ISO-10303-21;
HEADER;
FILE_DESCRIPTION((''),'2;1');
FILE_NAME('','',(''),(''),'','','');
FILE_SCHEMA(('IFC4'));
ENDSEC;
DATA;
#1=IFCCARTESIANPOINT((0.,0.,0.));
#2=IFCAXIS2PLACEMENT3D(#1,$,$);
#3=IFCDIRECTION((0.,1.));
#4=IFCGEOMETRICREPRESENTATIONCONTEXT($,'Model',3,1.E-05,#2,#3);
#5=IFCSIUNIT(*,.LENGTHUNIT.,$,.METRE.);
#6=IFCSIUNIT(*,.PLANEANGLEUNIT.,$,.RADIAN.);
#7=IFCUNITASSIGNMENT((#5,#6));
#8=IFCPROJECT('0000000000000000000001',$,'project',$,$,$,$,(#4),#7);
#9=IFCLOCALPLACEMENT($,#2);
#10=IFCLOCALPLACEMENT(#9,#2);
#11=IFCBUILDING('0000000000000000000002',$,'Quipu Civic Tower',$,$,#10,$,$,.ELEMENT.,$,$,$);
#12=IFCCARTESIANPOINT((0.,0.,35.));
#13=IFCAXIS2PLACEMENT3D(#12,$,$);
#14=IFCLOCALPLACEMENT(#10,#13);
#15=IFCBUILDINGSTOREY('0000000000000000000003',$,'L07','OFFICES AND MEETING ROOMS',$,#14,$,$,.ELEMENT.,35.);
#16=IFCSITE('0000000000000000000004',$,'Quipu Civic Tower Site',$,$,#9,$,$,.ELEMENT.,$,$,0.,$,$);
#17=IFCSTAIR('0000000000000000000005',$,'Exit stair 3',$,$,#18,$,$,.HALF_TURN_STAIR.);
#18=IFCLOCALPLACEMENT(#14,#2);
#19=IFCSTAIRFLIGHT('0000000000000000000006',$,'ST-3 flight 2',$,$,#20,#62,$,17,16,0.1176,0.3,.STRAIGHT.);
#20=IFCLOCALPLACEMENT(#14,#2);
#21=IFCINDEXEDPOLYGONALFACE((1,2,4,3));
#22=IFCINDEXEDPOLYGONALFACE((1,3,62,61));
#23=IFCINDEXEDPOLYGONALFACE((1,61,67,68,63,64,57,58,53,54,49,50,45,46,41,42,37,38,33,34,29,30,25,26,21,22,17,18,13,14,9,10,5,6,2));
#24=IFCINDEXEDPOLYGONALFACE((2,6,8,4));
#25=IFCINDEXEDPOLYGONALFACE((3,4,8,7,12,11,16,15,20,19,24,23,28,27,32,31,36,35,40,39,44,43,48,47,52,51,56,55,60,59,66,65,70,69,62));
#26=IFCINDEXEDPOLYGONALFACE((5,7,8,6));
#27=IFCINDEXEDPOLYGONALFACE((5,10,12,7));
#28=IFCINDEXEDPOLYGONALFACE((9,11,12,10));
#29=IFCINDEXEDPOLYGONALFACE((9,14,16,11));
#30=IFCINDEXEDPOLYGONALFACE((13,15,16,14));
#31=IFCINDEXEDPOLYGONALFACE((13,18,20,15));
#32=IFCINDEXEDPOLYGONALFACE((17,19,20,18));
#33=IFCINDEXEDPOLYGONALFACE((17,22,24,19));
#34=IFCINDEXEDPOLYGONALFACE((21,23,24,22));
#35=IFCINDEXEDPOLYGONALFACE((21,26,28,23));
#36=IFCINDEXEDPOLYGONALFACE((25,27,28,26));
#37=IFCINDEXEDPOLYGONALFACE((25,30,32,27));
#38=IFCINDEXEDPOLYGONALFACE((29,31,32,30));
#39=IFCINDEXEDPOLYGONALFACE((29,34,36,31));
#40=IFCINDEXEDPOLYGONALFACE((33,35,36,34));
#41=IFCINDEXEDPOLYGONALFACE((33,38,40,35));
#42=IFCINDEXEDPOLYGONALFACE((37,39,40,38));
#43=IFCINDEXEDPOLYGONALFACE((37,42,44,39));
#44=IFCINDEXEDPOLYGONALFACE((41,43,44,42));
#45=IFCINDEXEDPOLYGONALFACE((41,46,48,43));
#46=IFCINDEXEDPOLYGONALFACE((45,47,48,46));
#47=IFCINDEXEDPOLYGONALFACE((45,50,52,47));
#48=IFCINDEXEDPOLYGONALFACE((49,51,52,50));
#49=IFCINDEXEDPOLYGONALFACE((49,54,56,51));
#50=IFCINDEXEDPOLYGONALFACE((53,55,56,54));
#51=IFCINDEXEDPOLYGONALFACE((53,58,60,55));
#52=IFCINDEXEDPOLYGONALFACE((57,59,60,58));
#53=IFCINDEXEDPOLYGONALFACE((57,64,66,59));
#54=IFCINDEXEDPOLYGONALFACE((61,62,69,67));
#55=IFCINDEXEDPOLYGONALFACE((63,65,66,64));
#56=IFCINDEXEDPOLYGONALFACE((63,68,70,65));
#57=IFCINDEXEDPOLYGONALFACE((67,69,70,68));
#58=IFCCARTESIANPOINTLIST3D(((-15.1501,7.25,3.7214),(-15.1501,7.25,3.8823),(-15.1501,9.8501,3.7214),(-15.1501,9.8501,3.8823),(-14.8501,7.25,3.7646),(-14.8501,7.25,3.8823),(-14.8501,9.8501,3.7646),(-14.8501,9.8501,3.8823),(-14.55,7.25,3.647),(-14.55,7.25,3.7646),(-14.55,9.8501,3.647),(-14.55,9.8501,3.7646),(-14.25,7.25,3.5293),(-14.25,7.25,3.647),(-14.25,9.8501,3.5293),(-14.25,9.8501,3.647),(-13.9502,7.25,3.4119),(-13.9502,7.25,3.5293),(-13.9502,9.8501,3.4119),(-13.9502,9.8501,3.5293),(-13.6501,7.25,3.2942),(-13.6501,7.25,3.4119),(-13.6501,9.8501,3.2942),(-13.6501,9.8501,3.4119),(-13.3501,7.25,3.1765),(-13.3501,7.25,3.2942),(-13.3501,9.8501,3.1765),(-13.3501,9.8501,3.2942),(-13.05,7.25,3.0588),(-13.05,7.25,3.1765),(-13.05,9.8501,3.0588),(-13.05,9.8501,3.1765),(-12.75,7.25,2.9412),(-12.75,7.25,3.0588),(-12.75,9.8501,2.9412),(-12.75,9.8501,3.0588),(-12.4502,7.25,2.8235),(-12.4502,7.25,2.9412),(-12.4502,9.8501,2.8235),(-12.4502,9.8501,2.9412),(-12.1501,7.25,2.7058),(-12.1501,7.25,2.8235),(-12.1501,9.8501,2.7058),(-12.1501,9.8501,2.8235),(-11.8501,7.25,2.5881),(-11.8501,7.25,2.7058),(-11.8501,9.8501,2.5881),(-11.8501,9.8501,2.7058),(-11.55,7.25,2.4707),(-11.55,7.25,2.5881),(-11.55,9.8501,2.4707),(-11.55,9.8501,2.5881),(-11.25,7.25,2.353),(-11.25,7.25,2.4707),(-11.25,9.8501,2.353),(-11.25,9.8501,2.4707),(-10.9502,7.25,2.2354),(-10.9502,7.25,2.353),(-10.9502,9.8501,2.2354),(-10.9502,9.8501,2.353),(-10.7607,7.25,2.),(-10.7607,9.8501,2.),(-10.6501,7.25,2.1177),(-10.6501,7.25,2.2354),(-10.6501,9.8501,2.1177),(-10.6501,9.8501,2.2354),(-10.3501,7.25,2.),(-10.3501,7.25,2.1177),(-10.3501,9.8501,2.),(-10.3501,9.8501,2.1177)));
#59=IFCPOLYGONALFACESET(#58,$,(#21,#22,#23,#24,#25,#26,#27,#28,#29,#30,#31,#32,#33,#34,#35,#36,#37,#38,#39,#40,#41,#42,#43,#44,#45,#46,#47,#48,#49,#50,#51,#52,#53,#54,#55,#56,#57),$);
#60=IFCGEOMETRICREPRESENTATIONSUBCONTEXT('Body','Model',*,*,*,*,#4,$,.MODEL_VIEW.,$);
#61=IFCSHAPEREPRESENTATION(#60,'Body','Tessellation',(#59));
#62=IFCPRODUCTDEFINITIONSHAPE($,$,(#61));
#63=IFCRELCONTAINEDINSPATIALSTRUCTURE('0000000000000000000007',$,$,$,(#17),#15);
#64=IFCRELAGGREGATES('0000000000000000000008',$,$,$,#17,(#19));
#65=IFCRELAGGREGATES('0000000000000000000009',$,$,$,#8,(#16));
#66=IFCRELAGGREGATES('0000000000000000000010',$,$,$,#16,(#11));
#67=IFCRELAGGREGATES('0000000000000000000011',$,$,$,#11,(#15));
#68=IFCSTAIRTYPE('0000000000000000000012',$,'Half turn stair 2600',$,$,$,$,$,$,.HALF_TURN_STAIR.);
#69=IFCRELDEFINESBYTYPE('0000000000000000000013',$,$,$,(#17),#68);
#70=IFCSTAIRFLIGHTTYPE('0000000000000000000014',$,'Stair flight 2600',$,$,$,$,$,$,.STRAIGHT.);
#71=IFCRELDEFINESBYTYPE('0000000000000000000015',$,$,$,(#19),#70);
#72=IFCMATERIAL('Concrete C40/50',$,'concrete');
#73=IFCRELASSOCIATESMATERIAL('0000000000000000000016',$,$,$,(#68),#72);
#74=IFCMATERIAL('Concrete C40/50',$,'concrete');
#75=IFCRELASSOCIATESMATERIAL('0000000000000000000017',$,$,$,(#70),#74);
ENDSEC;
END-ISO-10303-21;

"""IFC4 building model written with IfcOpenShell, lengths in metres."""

from ifc_helpers import new_model, si_unit, direction, frame, origin, place, context, subcontext, project, spatial, polyline, outline, extrude, material, type_object, element, aggregate, save


model = new_model("IFC4")

# Units and contexts
model_context = context("Model", 3, precision=1e-05, world=origin(), true_north=direction((0.0, 1.0)))
body_context = subcontext(model_context, "Body", "Model", "MODEL_VIEW")
ifc_project = project(units=[si_unit("LENGTHUNIT", "METRE"), si_unit("PLANEANGLEUNIT", "RADIAN")], contexts=[model_context])

# Site, building, storey
site_placement = place(None, origin())
site = spatial("IfcSite", under=ifc_project, at=site_placement, Name="Quipu Civic Tower Site", CompositionType="ELEMENT", RefElevation=0.0)
building_placement = place(site_placement, origin())
building = spatial("IfcBuilding", under=site, at=building_placement, Name="Quipu Civic Tower", CompositionType="ELEMENT")
storey_placement = place(building_placement, frame((0.0, 0.0, 35.0)))
storey = spatial("IfcBuildingStorey", under=building, at=storey_placement, Name="L07", Description="OFFICES AND MEETING ROOMS", CompositionType="ELEMENT", Elevation=35.0)

# Stair
ifc_material_1 = material(Name="Concrete C40/50", Category="concrete")
stair_type_1 = type_object("IfcStairType", Name="Half turn stair 2600", PredefinedType="HALF_TURN_STAIR", material=ifc_material_1)
stair_1_placement = place(storey_placement, origin())
stair_1 = element("IfcStair", 1, at=stair_1_placement, inside=storey, type_object=stair_type_1, Name="Exit stair 3", PredefinedType="HALF_TURN_STAIR")

# Stair flight
ifc_material_2 = material(Name="Concrete C40/50", Category="concrete")
stair_flight_type = type_object("IfcStairFlightType", Name="Stair flight 2600", PredefinedType="STRAIGHT", material=ifc_material_2)
stair_flight_1_placement = place(storey_placement, frame((-10.3501, 8.55, 2.0), z_axis=(0.0, 0.0, 1.0), x_axis=(-1.0, 0.0, 0.0)))
stair_flight_1 = element("IfcStairFlight", 2, at=stair_flight_1_placement, type_object=stair_flight_type, Name="ST-3 flight 2", NumberOfRisers=17, NumberOfTreads=16, PredefinedType="STRAIGHT", RiserHeight=0.1176, TreadLength=0.3, context=body_context, shape_type="SweptSolid", body=[
    extrude(outline(polyline([(0.0, 0.0), (0.0, 0.1177), (0.3, 0.1177), (0.3, 0.2354), (0.6001, 0.2354), (0.6001, 0.353), (0.8999, 0.353), (0.8999, 0.4707), (1.2, 0.4707), (1.2, 0.5881), (1.5, 0.5881), (1.5, 0.7058), (1.8, 0.7058), (1.8, 0.8235), (2.1001, 0.8235), (2.1001, 0.9412), (2.3999, 0.9412), (2.3999, 1.0588), (2.7, 1.0588), (2.7, 1.1765), (3.0, 1.1765), (3.0, 1.2942), (3.3, 1.2942), (3.3, 1.4119), (3.6001, 1.4119), (3.6001, 1.5293), (3.8999, 1.5293), (3.8999, 1.647), (4.2, 1.647), (4.2, 1.7646), (4.5, 1.7646), (4.5, 1.8823), (4.8, 1.8823), (4.8, 2.0), (4.8, 1.7214), (0.4106, 0.0), (0.0, 0.0)])), frame((0.0, 1.3, 0.0), z_axis=(0.0, -1.0, 0.0), x_axis=(1.0, 0.0, 0.0)), (0.0, 0.0, 1.0), 2.6001),
])
aggregate(stair_1, [stair_flight_1])

save(model, "model.ifc")
